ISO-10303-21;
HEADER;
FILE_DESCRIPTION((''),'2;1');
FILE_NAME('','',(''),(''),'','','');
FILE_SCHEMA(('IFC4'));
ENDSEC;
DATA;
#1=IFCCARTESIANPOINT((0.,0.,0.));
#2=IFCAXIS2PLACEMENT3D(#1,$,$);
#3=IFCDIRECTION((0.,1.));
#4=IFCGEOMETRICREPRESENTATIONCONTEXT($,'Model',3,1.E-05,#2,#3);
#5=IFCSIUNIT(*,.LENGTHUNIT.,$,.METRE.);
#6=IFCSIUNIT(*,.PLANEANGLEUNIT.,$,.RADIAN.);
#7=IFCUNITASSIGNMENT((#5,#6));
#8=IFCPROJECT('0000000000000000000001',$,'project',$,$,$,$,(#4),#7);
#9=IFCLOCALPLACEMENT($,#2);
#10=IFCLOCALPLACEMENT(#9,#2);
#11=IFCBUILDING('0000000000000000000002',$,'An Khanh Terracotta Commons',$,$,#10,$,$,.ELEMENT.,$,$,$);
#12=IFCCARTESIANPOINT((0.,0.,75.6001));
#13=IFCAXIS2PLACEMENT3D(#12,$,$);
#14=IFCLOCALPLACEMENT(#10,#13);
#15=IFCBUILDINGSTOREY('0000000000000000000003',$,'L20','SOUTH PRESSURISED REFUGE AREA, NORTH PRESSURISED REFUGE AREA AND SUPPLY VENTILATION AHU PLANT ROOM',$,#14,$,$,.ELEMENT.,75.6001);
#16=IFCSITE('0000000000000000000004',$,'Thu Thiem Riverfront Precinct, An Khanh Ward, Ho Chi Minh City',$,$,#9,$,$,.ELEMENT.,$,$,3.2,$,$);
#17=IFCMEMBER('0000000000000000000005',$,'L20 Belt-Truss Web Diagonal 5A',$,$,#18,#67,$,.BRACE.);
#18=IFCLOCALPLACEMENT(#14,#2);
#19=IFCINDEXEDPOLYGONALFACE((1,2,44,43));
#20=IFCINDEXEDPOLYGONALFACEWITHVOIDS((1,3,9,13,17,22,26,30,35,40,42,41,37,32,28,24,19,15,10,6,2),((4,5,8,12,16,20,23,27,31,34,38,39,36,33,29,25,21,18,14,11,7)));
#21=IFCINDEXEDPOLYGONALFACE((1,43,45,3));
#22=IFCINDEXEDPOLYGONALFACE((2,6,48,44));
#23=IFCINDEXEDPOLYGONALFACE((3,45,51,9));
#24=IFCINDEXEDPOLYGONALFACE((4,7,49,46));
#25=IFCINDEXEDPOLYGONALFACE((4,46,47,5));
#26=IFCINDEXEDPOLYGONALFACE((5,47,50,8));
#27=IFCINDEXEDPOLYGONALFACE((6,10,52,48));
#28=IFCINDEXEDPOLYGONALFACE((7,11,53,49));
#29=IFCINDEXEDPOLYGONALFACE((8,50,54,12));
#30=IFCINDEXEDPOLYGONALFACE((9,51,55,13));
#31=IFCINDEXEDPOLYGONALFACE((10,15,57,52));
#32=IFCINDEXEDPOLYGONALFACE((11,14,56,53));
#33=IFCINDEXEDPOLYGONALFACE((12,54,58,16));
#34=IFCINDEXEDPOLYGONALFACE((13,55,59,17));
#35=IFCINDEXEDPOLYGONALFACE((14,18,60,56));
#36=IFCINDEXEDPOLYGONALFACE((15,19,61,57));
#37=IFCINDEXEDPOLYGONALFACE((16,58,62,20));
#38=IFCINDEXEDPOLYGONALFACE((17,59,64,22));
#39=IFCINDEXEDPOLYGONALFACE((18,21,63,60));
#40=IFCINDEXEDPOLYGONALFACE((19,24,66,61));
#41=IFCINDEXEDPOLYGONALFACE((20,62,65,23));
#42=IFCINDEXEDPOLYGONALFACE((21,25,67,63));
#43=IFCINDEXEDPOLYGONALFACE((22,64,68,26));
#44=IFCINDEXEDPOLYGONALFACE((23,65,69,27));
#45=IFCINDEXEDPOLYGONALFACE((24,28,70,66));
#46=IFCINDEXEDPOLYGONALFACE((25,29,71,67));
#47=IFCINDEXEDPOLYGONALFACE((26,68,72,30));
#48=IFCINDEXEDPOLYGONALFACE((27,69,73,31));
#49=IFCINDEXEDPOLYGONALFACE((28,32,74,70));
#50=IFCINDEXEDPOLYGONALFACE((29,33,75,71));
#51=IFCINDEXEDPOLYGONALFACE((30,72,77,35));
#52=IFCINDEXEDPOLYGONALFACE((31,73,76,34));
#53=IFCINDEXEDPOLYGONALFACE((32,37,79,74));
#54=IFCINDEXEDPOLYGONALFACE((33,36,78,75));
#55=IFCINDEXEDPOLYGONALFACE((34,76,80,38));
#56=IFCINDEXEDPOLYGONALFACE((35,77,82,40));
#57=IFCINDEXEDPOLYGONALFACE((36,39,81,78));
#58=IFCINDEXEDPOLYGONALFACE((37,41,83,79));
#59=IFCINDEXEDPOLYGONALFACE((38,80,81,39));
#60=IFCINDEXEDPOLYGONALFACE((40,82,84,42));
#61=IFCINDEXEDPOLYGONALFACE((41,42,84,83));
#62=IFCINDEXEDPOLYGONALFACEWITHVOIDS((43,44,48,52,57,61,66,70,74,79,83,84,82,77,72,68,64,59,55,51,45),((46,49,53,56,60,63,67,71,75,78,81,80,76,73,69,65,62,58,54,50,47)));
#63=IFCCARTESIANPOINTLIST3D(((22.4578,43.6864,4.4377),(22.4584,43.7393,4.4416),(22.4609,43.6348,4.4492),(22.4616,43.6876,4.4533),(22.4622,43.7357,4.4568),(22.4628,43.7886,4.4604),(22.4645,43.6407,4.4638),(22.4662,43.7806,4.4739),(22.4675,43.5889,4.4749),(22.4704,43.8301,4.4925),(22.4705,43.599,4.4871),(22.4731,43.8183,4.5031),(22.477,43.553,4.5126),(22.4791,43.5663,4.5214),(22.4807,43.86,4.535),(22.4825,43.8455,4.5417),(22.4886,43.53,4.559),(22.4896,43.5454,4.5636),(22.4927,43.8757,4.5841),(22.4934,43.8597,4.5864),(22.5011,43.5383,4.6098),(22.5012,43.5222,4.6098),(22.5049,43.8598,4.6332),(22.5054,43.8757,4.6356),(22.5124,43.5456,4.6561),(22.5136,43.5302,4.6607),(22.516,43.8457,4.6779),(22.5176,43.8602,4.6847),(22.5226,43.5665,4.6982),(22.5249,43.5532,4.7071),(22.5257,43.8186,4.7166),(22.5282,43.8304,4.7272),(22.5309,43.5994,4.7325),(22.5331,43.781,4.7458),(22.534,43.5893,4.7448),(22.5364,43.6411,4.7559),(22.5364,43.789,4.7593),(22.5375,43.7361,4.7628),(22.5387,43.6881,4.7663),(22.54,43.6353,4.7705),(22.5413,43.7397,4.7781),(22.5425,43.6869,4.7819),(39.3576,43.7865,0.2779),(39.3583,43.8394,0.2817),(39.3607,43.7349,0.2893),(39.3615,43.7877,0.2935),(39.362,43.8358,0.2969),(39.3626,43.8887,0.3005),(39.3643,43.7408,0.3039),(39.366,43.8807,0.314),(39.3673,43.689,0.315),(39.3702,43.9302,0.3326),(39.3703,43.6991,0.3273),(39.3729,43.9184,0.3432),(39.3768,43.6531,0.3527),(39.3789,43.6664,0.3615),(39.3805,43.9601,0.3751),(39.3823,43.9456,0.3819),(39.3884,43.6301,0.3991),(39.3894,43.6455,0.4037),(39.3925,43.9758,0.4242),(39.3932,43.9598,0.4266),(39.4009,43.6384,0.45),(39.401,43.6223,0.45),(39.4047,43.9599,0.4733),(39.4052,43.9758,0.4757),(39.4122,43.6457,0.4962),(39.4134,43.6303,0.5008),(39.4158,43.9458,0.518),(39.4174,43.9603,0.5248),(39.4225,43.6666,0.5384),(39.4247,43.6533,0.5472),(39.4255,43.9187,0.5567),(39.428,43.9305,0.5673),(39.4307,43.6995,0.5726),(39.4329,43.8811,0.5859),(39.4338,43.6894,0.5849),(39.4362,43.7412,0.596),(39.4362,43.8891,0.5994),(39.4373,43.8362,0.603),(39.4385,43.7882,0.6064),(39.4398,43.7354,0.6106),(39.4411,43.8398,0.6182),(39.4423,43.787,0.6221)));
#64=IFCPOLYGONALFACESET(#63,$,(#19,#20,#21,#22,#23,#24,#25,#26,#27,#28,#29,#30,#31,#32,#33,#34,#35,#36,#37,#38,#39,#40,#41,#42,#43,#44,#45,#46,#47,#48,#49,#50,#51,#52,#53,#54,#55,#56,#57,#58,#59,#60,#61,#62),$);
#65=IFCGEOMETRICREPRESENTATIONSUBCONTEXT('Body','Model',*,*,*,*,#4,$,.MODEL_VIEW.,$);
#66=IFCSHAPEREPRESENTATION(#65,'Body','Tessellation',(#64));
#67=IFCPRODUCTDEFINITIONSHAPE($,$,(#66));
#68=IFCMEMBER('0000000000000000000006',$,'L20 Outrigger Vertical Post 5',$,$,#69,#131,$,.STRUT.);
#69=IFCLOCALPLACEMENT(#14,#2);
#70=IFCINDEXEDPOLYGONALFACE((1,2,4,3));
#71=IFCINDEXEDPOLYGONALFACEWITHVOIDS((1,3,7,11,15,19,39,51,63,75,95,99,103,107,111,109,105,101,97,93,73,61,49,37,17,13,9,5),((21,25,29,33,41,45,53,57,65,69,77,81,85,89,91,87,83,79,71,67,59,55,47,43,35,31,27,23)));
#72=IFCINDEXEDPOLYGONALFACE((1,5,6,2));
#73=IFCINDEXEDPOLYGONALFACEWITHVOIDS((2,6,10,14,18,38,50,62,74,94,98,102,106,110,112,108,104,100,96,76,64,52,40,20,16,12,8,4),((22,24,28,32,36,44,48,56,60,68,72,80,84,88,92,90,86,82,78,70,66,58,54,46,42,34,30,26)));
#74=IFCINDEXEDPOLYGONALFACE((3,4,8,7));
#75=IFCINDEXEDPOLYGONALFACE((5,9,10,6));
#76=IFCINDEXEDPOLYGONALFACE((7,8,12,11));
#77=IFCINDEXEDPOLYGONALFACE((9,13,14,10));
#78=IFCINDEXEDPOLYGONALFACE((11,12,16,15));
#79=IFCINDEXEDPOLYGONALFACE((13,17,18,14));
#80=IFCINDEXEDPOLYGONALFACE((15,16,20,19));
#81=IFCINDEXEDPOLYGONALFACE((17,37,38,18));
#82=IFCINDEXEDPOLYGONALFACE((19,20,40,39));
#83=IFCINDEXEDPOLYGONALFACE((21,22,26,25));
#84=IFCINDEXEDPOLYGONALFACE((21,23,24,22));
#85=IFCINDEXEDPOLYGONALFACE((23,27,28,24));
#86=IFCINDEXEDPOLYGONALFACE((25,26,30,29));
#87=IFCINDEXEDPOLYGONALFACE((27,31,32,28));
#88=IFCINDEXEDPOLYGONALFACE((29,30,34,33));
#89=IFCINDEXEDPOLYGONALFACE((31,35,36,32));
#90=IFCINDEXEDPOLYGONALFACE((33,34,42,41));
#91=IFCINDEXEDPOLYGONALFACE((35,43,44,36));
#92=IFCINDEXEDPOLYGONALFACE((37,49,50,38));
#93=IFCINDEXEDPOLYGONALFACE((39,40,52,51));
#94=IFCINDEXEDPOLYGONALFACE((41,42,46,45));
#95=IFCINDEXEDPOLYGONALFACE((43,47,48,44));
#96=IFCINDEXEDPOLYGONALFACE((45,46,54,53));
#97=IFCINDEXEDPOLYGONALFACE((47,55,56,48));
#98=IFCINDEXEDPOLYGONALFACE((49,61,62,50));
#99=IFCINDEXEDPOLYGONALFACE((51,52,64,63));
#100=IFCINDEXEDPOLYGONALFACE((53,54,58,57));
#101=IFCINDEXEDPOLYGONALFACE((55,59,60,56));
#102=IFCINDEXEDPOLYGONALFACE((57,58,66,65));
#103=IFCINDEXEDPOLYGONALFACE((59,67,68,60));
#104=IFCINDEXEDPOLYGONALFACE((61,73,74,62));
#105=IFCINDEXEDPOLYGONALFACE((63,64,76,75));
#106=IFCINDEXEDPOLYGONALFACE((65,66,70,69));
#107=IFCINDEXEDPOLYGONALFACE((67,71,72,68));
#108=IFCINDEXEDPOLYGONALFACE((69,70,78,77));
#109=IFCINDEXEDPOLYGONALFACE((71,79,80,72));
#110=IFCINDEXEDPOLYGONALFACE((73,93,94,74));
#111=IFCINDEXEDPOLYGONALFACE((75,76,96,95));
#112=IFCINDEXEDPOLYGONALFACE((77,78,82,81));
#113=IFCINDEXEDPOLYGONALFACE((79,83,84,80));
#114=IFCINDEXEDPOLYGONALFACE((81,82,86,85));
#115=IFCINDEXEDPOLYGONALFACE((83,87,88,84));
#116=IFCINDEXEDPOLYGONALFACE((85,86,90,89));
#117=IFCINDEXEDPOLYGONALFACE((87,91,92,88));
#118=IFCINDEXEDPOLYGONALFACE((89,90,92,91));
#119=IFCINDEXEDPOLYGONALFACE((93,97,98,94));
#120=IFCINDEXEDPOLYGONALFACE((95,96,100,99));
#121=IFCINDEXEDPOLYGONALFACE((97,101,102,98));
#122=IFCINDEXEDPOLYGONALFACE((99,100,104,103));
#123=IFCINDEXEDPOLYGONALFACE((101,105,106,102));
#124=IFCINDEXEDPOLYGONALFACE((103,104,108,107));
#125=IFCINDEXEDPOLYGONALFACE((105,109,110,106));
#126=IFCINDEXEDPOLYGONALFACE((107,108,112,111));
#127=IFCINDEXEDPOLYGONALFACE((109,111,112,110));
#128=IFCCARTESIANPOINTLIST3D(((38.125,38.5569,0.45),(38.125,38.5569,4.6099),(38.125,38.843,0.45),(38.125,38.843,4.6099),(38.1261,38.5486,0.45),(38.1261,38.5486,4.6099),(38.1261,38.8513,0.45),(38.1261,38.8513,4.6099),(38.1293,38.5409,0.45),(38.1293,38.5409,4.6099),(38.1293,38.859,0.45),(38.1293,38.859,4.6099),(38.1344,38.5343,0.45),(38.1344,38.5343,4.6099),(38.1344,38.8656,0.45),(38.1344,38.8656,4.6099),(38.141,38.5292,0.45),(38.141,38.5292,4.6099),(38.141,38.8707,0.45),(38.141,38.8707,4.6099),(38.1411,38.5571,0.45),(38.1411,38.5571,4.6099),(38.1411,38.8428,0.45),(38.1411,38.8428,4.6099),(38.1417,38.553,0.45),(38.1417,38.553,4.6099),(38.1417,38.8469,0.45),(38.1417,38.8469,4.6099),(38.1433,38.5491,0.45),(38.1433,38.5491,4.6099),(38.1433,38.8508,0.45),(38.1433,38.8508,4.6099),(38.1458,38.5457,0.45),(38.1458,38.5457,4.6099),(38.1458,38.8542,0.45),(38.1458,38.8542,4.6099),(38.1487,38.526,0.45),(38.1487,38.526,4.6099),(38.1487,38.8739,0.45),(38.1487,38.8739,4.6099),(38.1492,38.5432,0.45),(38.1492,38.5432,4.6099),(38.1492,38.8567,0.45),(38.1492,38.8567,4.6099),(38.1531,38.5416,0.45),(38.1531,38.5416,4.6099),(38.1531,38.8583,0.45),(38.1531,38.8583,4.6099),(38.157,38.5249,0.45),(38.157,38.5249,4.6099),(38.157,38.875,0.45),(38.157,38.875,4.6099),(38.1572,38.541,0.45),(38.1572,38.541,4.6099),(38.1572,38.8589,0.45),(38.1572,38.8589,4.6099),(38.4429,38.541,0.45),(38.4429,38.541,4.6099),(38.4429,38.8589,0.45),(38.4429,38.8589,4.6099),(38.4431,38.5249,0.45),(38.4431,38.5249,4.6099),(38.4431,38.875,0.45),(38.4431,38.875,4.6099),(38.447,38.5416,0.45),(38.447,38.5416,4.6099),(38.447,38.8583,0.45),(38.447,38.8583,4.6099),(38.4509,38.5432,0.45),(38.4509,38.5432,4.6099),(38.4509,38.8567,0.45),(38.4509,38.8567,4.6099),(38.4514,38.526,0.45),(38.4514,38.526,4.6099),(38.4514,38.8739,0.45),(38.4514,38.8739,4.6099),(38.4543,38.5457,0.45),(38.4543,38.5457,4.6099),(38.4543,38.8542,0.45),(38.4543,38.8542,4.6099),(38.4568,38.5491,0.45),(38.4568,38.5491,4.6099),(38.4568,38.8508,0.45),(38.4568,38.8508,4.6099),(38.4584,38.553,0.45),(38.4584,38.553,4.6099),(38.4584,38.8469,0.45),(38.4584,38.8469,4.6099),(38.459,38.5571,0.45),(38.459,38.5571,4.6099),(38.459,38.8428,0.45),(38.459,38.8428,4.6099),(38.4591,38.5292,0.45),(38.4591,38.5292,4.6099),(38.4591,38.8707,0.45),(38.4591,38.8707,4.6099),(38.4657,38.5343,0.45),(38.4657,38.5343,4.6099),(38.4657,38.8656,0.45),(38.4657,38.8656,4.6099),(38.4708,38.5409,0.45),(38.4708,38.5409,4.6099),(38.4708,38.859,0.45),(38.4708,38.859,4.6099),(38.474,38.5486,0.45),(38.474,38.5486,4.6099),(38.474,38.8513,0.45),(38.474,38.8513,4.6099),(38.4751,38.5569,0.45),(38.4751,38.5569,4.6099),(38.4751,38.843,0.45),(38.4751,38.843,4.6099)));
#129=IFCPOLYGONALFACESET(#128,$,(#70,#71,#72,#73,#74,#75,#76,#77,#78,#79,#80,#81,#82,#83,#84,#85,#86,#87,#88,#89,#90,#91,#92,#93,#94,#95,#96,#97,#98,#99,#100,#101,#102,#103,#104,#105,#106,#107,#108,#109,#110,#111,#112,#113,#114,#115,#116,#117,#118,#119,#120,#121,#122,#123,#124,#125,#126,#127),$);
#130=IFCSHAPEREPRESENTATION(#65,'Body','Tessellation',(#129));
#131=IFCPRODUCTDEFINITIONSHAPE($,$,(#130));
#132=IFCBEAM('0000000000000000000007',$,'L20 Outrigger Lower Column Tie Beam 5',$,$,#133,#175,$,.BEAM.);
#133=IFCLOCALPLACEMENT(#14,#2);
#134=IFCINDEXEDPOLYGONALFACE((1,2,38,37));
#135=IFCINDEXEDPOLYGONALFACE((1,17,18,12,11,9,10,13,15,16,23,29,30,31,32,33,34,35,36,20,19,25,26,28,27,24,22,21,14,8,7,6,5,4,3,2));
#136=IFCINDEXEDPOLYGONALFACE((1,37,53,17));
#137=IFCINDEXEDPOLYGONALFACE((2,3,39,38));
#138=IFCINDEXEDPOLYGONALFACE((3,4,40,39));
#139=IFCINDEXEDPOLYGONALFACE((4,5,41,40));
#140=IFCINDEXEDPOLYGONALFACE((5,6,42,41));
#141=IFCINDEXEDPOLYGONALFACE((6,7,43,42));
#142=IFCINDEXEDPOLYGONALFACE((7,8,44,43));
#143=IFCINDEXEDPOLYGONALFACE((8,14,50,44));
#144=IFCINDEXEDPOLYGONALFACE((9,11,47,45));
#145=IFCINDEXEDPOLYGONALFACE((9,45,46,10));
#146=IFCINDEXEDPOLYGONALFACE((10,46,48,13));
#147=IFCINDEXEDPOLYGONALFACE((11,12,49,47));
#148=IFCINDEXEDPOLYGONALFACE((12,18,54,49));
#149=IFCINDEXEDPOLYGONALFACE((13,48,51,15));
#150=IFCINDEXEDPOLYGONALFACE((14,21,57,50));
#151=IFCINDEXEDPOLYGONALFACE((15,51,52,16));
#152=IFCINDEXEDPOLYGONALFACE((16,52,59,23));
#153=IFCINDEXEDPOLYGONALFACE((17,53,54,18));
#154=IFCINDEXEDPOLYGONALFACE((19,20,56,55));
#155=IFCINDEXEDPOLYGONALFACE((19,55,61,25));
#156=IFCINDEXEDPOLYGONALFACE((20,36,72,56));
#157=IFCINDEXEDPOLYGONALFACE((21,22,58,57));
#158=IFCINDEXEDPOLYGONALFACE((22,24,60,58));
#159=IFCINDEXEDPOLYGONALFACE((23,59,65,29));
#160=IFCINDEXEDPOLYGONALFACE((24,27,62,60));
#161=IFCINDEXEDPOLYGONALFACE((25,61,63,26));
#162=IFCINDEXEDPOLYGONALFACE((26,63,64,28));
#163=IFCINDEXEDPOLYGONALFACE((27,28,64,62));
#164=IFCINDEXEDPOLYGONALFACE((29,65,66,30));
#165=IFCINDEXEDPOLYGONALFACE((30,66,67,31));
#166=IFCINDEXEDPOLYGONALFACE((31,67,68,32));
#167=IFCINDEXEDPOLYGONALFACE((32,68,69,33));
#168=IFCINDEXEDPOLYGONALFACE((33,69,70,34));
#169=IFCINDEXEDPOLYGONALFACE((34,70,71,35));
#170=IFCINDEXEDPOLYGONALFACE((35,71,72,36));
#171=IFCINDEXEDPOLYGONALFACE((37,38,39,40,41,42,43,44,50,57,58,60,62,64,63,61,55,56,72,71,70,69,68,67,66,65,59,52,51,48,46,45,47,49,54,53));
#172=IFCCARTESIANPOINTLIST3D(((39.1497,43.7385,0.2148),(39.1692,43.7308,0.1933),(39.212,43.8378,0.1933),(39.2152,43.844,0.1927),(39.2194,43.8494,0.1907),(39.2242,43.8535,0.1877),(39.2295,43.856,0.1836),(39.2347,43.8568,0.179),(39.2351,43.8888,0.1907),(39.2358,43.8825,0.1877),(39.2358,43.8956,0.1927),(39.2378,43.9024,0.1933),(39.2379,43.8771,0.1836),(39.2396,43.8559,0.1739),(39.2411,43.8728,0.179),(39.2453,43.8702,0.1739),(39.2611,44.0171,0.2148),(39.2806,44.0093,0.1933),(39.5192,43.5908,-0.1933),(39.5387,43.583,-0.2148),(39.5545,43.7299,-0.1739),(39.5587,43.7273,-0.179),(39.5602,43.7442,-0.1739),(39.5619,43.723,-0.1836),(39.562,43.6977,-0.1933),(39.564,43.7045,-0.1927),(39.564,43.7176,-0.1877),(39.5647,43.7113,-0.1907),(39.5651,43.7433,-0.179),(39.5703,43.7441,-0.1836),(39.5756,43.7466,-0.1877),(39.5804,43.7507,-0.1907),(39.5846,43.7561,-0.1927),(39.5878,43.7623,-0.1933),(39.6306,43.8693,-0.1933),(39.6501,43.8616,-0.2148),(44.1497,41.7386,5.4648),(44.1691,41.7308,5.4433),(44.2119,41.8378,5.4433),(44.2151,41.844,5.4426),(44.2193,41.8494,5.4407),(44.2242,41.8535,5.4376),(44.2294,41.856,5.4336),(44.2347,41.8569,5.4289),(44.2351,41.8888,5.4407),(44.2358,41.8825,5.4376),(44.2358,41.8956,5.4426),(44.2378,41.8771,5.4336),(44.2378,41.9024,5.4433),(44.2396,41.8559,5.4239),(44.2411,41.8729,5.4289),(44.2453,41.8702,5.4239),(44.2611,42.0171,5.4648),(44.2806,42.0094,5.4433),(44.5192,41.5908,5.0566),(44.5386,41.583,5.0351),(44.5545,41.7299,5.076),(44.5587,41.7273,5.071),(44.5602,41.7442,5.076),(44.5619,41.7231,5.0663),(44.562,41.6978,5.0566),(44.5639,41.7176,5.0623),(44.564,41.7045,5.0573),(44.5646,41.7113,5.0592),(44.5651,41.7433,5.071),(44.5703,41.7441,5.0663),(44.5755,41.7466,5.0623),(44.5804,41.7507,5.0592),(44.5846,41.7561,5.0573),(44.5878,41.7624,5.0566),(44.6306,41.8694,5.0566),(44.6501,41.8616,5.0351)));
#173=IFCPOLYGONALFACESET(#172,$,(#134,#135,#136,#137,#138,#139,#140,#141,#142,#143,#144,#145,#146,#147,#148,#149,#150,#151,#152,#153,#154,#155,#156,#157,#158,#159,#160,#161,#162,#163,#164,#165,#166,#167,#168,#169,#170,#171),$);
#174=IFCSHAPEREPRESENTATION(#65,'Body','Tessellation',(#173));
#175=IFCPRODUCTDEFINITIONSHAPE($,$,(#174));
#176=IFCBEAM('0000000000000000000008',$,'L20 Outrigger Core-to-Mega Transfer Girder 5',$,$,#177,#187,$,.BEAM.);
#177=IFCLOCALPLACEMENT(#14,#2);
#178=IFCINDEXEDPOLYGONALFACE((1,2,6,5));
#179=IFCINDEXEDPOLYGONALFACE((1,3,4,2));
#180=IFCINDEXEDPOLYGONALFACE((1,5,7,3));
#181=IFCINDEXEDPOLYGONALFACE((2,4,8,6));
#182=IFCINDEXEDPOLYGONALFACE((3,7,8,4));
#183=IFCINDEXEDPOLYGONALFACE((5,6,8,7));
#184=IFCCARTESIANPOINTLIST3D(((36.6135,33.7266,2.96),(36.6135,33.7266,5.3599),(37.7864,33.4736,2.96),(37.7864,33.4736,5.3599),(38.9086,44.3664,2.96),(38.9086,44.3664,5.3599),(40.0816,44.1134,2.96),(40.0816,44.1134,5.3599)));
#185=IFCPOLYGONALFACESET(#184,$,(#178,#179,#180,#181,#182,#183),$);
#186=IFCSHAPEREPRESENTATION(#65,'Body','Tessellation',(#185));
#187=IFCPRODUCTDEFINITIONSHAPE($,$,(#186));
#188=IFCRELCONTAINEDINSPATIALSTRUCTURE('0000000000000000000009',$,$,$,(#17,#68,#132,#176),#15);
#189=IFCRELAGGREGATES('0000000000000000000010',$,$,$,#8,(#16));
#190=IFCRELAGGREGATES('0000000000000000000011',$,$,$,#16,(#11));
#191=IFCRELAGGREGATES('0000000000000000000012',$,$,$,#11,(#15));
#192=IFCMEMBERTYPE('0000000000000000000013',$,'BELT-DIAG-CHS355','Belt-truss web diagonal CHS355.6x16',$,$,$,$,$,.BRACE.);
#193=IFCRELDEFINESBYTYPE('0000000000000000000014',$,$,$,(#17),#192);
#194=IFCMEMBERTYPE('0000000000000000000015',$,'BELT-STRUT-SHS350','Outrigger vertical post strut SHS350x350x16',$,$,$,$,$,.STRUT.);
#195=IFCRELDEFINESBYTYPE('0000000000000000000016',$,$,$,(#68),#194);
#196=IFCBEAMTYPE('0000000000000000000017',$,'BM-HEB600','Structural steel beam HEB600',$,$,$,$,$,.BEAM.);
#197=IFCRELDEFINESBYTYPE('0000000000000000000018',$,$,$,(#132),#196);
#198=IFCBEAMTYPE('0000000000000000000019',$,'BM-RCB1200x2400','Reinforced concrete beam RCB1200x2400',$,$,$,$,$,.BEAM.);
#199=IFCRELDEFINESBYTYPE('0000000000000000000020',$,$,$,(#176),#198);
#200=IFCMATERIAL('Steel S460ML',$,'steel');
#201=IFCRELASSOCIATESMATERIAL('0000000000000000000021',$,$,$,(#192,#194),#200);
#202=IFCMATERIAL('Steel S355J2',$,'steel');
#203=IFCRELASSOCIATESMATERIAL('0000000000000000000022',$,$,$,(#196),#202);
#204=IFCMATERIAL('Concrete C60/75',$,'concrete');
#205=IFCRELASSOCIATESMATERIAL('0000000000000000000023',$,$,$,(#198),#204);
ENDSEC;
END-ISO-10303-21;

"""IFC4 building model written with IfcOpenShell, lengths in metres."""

from ifc_helpers import new_model, si_unit, direction, frame, origin, origin_2d, place, context, subcontext, project, spatial, rectangle, hollow_rectangle, hollow_circle, i_section, extrude, material, material_profile, profile_set, type_object, element, save


model = new_model("IFC4")

# Units and contexts
model_context = context("Model", 3, precision=1e-05, world=origin(), true_north=direction((0.0, 1.0)))
body_context = subcontext(model_context, "Body", "Model", "MODEL_VIEW")
ifc_project = project(units=[si_unit("LENGTHUNIT", "METRE"), si_unit("PLANEANGLEUNIT", "RADIAN")], contexts=[model_context])

# Site, building, storey
site_placement = place(None, origin())
site = spatial("IfcSite", under=ifc_project, at=site_placement, Name="Thu Thiem Riverfront Precinct, An Khanh Ward, Ho Chi Minh City", CompositionType="ELEMENT", RefElevation=3.2)
building_placement = place(site_placement, origin())
building = spatial("IfcBuilding", under=site, at=building_placement, Name="An Khanh Terracotta Commons", CompositionType="ELEMENT")
storey_placement = place(building_placement, frame((0.0, 0.0, 75.6001)))
storey = spatial("IfcBuildingStorey", under=building, at=storey_placement, Name="L20", Description="SOUTH PRESSURISED REFUGE AREA, NORTH PRESSURISED REFUGE AREA AND SUPPLY VENTILATION AHU PLANT ROOM", CompositionType="ELEMENT", Elevation=75.6001)

# Members
ifc_material_1 = material(Name="Steel S460ML", Category="steel")
ifc_material_profile_1 = material_profile(ifc_material_1, hollow_circle(Radius=0.1777, WallThickness=0.0161, at=origin_2d()), Name="CHS355.6x16")
ifc_profile_set_1 = profile_set([ifc_material_profile_1], Name="Steel S460ML")
member_type_1 = type_object("IfcMemberType", Name="BELT-DIAG-CHS355", Description="Belt-truss web diagonal CHS355.6x16", PredefinedType="BRACE", material=ifc_profile_set_1)
member_1_placement = place(storey_placement, frame((39.3999, 43.8, 0.45), z_axis=(-0.971, -0.005751, 0.239012), x_axis=(0.005923, -0.999982, 0.0)))
element("IfcMember", 1, at=member_1_placement, inside=storey, type_object=member_type_1, Name="L20 Belt-Truss Web Diagonal 5A", PredefinedType="BRACE", context=body_context, shape_type="SweptSolid", body=[
    extrude(hollow_circle(Radius=0.1777, WallThickness=0.0161, at=origin_2d()), origin(), (0.0, 0.0, 1.0), 17.4045),
])
ifc_material_profile_2 = material_profile(ifc_material_1, hollow_rectangle(XDim=0.3501, YDim=0.3501, WallThickness=0.0161, InnerFilletRadius=0.0161, OuterFilletRadius=0.032, at=origin_2d()), Name="SHS350x350x16")
ifc_profile_set_2 = profile_set([ifc_material_profile_2], Name="Steel S460ML")
member_type_2 = type_object("IfcMemberType", Name="BELT-STRUT-SHS350", Description="Outrigger vertical post strut SHS350x350x16", PredefinedType="STRUT", material=ifc_profile_set_2)
member_2_placement = place(storey_placement, frame((38.3, 38.7, 0.45), z_axis=(0.0, 0.0, 1.0), x_axis=(1.0, 0.0, 0.0)))
element("IfcMember", 2, at=member_2_placement, inside=storey, type_object=member_type_2, Name="L20 Outrigger Vertical Post 5", PredefinedType="STRUT", context=body_context, shape_type="SweptSolid", body=[
    extrude(hollow_rectangle(XDim=0.3501, YDim=0.3501, WallThickness=0.0161, InnerFilletRadius=0.0161, OuterFilletRadius=0.032, at=origin_2d()), origin(), (0.0, 0.0, 1.0), 4.1599),
])

# Beams
ifc_material_2 = material(Name="Steel S355J2", Category="steel")
ifc_material_profile_3 = material_profile(ifc_material_2, i_section(OverallWidth=0.3, OverallDepth=0.6001, WebThickness=0.0154, FlangeThickness=0.03, FilletRadius=0.0271, at=origin_2d()), Name="HEB600")
ifc_profile_set_3 = profile_set([ifc_material_profile_3], Name="Steel S355J2")
beam_type_1 = type_object("IfcBeamType", Name="BM-HEB600", Description="Structural steel beam HEB600", PredefinedType="BEAM", material=ifc_profile_set_3)
beam_1_placement = place(storey_placement, frame((39.3999, 43.8, 0.0), z_axis=(0.664822, -0.265929, 0.698064), x_axis=(0.371391, 0.928477, 0.0)))
element("IfcBeam", 3, at=beam_1_placement, inside=storey, type_object=beam_type_1, Name="L20 Outrigger Lower Column Tie Beam 5", PredefinedType="BEAM", context=body_context, shape_type="SweptSolid", body=[
    extrude(i_section(OverallWidth=0.3, OverallDepth=0.6001, WebThickness=0.0154, FlangeThickness=0.03, FilletRadius=0.0271, at=origin_2d()), origin(), (0.0, 0.0, 1.0), 7.5208),
])
ifc_material_3 = material(Name="Concrete C60/75", Category="concrete")
ifc_material_profile_4 = material_profile(ifc_material_3, rectangle(XDim=1.2, YDim=2.3999, at=origin_2d()), Name="RCB1200x2400")
ifc_profile_set_4 = profile_set([ifc_material_profile_4], Name="Concrete C60/75")
beam_type_2 = type_object("IfcBeamType", Name="BM-RCB1200x2400", Description="Reinforced concrete beam RCB1200x2400", PredefinedType="BEAM", material=ifc_profile_set_4)
beam_2_placement = place(storey_placement, frame((37.2, 33.6001, 4.1599), z_axis=(0.210863, 0.977516, 0.0), x_axis=(-0.977516, 0.210863, 0.0)))
element("IfcBeam", 4, at=beam_2_placement, inside=storey, type_object=beam_type_2, Name="L20 Outrigger Core-to-Mega Transfer Girder 5", PredefinedType="BEAM", context=body_context, shape_type="SweptSolid", body=[
    extrude(rectangle(XDim=1.2, YDim=2.3999, at=origin_2d()), origin(), (0.0, 0.0, 1.0), 10.8845),
])

save(model, "model.ifc")
